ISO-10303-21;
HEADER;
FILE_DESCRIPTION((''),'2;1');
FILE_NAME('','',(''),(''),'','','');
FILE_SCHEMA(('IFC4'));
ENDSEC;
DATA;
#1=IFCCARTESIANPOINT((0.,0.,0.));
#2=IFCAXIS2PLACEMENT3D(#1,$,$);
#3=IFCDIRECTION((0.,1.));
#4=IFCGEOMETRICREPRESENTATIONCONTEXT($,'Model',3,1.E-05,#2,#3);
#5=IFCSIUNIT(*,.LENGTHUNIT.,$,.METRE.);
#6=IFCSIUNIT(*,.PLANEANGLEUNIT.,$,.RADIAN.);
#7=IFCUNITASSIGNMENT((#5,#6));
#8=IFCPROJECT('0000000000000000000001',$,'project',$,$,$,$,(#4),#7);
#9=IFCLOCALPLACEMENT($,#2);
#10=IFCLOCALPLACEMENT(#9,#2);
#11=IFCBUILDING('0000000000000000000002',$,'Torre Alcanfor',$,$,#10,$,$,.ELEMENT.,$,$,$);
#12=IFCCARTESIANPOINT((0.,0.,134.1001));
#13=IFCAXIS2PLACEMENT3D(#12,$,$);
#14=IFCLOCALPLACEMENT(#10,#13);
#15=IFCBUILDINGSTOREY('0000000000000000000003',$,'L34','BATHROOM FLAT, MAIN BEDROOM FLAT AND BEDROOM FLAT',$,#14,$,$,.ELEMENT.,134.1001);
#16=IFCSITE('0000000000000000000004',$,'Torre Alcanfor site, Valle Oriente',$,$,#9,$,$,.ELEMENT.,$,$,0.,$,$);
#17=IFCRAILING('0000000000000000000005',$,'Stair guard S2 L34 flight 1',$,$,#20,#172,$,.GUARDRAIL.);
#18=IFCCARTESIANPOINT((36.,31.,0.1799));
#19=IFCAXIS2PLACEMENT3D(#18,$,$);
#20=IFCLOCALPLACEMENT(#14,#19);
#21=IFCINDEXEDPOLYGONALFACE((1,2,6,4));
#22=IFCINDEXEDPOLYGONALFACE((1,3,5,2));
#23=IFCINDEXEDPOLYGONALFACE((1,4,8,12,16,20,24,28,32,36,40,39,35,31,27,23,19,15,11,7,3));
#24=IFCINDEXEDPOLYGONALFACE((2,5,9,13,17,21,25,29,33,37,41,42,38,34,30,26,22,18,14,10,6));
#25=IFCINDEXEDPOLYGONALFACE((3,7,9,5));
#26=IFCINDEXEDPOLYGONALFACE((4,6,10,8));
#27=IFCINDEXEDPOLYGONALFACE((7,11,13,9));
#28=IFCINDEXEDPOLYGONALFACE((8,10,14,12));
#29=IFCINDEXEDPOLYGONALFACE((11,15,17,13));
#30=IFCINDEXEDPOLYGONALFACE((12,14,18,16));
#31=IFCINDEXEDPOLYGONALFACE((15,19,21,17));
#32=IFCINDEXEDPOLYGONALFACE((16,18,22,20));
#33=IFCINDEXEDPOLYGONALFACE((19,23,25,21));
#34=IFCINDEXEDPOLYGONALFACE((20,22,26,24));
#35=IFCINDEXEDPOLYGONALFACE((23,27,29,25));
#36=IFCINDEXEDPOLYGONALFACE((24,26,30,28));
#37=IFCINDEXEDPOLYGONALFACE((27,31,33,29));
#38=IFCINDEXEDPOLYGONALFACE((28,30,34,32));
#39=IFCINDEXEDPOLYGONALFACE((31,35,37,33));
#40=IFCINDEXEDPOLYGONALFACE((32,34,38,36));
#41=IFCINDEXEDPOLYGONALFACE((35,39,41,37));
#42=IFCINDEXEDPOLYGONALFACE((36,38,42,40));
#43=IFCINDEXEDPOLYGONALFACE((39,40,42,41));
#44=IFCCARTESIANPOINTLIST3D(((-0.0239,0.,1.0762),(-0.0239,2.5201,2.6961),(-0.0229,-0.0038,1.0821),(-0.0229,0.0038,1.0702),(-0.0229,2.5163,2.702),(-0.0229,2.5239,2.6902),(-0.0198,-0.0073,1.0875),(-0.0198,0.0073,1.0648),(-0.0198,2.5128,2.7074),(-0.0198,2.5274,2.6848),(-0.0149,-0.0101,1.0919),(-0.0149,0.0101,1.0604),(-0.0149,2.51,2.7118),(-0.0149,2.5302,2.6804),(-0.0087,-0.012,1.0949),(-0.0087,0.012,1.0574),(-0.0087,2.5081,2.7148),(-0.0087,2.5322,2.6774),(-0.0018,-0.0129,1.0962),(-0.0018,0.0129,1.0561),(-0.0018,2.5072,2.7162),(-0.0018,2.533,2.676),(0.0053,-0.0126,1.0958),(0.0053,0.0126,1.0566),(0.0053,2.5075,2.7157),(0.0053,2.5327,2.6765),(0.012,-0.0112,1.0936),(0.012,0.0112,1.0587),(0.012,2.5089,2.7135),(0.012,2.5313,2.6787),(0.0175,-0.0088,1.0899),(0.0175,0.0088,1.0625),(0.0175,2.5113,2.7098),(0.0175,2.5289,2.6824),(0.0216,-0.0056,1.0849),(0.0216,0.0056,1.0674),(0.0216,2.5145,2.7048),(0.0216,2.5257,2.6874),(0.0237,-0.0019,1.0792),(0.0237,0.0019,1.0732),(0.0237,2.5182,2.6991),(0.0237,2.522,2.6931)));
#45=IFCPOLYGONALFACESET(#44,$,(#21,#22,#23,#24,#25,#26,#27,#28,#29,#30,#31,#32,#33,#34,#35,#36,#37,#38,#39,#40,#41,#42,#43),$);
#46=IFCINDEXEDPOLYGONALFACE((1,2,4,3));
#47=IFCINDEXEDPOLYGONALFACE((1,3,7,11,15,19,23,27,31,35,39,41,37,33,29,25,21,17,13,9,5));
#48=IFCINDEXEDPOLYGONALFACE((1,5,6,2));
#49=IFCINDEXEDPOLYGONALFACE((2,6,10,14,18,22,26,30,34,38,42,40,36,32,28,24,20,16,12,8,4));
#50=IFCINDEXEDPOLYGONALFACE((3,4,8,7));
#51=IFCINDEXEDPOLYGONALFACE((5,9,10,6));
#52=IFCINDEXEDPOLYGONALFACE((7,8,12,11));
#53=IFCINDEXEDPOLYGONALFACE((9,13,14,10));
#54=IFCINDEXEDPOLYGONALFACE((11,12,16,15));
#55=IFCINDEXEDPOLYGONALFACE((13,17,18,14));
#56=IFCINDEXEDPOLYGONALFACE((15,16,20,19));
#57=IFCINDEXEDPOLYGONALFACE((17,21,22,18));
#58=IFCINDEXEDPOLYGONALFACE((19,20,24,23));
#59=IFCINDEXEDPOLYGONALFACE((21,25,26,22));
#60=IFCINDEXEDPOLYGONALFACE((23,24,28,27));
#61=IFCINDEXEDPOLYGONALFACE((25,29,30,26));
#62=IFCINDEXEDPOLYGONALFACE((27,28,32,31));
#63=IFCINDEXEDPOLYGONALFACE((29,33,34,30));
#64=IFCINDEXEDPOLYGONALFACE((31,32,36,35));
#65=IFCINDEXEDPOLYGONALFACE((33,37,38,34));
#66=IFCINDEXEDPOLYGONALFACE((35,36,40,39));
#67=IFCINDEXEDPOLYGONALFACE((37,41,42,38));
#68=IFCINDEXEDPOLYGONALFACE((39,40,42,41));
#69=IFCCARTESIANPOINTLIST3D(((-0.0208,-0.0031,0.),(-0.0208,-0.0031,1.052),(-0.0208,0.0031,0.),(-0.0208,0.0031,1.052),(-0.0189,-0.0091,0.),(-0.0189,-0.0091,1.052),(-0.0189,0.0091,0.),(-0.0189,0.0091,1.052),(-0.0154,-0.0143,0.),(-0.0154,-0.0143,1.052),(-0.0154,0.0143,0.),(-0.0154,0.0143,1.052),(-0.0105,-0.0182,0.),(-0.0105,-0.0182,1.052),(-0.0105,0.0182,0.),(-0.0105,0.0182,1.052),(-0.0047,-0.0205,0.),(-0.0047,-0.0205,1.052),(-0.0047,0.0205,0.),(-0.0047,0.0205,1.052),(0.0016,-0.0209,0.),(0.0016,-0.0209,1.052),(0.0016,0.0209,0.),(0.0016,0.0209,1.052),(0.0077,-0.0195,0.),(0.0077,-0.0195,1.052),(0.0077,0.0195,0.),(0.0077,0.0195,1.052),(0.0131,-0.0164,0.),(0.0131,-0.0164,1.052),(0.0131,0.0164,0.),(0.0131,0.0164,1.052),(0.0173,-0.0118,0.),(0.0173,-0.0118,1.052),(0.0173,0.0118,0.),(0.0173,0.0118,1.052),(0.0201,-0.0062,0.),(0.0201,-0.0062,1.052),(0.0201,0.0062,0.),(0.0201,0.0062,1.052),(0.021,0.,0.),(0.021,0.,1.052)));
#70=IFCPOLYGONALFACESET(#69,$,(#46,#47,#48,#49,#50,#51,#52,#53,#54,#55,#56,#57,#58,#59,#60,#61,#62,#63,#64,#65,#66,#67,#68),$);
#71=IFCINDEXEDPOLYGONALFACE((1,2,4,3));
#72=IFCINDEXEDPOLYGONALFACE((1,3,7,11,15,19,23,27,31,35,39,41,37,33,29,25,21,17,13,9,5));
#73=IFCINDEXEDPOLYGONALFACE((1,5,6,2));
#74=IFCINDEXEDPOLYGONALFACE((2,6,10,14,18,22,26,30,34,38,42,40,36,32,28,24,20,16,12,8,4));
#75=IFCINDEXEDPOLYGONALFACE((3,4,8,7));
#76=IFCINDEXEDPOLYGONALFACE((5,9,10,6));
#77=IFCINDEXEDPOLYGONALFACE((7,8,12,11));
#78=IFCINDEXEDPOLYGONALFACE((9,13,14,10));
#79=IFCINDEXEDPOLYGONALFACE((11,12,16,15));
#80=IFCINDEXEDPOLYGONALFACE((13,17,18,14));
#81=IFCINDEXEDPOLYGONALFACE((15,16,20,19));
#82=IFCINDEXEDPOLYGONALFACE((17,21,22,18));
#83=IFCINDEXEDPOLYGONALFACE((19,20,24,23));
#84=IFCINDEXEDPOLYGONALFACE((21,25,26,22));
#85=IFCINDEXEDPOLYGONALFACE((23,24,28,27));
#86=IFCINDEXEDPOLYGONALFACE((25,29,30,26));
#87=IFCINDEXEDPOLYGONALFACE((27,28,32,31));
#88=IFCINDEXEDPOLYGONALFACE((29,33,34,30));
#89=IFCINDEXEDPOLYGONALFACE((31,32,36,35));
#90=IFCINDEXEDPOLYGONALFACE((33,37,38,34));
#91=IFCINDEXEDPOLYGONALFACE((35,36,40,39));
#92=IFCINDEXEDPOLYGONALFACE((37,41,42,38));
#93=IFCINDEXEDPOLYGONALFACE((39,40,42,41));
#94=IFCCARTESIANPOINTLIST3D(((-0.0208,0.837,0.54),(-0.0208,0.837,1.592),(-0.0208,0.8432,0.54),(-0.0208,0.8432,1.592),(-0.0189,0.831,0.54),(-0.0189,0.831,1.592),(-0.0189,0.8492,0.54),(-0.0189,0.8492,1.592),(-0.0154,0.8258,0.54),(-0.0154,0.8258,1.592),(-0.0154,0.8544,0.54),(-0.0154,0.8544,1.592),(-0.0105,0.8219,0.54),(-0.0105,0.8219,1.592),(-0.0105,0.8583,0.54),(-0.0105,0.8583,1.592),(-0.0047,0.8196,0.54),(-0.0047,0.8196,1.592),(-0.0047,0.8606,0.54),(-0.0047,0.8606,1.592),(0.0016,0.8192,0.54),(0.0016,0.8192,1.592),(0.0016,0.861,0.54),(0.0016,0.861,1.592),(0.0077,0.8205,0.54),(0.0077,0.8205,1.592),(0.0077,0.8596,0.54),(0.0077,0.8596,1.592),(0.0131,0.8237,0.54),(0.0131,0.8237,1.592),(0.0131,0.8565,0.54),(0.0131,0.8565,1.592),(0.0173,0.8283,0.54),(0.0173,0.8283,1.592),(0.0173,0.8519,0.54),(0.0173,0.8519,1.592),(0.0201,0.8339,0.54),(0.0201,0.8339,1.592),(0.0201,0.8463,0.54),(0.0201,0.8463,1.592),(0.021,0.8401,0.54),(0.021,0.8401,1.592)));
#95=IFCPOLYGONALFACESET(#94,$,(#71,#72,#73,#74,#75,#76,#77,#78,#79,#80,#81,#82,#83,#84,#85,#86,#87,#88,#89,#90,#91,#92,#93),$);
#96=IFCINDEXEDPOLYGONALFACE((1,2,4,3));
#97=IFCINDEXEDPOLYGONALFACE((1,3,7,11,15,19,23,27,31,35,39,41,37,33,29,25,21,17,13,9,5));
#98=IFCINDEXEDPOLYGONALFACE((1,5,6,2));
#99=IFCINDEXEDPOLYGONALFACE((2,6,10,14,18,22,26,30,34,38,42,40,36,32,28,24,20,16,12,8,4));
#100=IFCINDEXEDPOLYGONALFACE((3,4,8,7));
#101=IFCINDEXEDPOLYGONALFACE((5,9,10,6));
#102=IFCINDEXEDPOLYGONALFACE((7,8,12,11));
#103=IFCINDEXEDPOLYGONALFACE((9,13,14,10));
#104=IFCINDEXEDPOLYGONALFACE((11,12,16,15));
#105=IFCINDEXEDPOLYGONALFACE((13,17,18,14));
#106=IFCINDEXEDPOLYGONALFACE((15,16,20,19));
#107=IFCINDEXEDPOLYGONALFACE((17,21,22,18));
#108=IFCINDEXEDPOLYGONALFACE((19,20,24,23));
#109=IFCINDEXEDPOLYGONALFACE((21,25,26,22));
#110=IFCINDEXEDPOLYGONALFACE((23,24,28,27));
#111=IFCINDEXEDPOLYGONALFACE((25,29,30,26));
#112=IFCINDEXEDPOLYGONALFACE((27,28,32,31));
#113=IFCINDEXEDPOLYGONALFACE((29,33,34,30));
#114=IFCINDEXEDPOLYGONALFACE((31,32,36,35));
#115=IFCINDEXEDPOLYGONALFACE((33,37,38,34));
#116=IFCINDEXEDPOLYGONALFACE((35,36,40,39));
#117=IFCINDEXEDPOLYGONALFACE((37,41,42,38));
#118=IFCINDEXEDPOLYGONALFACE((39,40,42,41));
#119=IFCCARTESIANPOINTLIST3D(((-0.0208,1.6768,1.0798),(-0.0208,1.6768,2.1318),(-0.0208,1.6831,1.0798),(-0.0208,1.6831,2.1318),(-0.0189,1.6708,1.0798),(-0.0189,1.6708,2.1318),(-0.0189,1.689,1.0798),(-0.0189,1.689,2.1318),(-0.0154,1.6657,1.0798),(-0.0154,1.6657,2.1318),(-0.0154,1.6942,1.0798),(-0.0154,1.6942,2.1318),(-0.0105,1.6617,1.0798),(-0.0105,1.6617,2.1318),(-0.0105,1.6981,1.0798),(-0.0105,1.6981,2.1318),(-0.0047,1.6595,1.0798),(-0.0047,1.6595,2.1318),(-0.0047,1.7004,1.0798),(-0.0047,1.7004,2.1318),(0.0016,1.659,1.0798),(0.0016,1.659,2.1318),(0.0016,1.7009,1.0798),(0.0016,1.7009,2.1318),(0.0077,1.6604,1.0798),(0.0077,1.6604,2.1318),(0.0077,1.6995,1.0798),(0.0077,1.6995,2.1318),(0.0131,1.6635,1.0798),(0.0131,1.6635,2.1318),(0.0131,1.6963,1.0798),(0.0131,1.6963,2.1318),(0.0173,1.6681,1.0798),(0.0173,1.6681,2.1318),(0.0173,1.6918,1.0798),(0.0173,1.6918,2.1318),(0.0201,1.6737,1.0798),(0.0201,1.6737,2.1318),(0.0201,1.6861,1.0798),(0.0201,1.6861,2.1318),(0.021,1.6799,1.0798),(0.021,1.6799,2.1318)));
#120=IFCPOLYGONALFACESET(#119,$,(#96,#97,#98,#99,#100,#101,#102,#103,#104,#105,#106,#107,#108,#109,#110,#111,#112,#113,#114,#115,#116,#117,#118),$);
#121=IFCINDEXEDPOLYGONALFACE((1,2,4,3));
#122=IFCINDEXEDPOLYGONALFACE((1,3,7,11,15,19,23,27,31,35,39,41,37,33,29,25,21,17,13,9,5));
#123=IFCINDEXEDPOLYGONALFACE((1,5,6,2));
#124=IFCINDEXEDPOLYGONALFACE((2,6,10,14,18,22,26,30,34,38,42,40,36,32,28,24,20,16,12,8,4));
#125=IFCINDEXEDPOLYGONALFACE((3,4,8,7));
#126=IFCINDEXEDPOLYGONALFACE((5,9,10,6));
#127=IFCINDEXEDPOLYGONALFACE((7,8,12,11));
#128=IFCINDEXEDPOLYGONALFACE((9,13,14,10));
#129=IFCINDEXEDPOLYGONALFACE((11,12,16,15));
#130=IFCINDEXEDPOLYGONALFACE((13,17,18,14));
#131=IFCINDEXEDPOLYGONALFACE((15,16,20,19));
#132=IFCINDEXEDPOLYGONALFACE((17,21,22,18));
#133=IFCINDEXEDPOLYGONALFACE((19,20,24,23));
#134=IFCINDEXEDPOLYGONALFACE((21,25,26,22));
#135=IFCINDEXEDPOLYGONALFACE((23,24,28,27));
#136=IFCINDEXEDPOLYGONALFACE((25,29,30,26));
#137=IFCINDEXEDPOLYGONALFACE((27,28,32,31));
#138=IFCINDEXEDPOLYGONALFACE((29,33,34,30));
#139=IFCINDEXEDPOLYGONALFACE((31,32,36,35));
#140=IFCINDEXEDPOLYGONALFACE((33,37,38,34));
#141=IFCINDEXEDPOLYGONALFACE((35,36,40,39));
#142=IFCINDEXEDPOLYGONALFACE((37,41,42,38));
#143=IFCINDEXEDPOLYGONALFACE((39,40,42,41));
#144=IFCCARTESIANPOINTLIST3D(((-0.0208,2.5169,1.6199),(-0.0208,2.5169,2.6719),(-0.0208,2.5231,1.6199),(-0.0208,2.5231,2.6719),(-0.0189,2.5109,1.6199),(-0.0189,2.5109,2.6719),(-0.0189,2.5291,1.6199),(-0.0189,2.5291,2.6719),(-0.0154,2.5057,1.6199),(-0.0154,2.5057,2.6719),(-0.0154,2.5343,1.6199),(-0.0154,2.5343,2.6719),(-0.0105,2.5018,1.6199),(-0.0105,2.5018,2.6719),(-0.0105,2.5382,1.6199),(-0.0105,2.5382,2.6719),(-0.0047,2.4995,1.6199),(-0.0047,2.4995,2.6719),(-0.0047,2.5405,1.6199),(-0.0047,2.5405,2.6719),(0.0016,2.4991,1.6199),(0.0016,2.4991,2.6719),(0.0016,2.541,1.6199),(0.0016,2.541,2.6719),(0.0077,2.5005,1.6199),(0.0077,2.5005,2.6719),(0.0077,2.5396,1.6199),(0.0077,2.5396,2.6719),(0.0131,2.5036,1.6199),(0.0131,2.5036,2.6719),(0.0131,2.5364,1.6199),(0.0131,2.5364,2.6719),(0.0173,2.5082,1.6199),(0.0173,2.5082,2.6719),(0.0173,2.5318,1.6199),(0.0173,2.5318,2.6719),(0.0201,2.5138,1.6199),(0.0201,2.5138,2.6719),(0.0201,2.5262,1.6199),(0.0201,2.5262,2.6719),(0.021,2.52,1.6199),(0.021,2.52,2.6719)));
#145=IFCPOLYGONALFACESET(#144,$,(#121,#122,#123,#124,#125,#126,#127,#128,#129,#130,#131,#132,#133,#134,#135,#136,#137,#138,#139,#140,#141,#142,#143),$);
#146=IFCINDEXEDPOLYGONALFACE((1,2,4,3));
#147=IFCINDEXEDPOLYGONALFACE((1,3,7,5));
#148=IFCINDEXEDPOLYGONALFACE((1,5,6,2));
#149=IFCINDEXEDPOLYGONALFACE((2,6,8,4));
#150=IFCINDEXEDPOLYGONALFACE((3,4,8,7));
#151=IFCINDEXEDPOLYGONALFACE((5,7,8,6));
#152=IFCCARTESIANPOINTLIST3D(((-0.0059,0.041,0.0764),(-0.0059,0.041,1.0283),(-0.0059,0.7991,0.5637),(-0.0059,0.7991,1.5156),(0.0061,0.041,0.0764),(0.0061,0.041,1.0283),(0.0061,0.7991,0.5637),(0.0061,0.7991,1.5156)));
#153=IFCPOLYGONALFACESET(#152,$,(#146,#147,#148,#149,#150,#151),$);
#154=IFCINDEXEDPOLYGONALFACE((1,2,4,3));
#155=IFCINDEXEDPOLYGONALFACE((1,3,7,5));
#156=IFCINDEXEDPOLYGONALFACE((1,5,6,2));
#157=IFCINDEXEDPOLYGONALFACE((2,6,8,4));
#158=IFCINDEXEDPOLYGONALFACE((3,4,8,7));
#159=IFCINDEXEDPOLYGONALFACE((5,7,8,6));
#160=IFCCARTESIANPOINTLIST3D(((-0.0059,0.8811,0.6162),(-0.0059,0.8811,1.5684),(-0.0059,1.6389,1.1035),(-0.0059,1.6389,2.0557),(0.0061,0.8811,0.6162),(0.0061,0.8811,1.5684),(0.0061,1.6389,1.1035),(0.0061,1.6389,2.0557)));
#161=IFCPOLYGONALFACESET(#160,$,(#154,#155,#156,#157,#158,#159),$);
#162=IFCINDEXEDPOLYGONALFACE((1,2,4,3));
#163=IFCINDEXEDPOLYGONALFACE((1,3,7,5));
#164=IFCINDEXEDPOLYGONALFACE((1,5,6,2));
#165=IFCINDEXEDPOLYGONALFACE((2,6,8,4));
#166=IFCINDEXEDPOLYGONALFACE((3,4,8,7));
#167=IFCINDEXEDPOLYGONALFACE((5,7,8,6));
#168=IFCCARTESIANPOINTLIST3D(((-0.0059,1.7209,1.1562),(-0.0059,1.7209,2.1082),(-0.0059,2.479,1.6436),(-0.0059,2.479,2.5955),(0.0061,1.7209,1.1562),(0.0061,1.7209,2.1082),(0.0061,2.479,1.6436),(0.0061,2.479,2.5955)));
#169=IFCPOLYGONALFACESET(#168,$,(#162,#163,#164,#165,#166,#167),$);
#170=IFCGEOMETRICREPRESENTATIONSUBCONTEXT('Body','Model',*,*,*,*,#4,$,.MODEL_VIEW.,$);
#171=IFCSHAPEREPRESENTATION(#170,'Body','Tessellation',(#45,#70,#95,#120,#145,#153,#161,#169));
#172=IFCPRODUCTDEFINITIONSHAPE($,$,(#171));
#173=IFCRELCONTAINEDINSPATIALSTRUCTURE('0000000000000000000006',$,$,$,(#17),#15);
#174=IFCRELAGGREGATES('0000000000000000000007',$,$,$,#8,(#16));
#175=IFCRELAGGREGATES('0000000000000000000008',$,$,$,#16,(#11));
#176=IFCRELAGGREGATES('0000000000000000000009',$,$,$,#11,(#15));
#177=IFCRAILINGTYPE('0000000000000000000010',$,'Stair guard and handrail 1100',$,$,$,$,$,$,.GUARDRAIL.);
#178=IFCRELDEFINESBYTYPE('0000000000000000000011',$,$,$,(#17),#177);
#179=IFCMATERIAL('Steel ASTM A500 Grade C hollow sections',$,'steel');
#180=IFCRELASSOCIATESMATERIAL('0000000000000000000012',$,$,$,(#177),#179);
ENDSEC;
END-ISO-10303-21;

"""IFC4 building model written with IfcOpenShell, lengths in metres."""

from ifc_helpers import new_model, si_unit, direction, frame, origin, origin_2d, place, context, subcontext, project, spatial, polyline, circle, outline, extrude, material, type_object, element, save


model = new_model("IFC4")

# Units and contexts
model_context = context("Model", 3, precision=1e-05, world=origin(), true_north=direction((0.0, 1.0)))
body_context = subcontext(model_context, "Body", "Model", "MODEL_VIEW")
ifc_project = project(units=[si_unit("LENGTHUNIT", "METRE"), si_unit("PLANEANGLEUNIT", "RADIAN")], contexts=[model_context])

# Site, building, storey
site_placement = place(None, origin())
site = spatial("IfcSite", under=ifc_project, at=site_placement, Name="Torre Alcanfor site, Valle Oriente", CompositionType="ELEMENT", RefElevation=0.0)
building_placement = place(site_placement, origin())
building = spatial("IfcBuilding", under=site, at=building_placement, Name="Torre Alcanfor", CompositionType="ELEMENT")
storey_placement = place(building_placement, frame((0.0, 0.0, 134.1001)))
storey = spatial("IfcBuildingStorey", under=building, at=storey_placement, Name="L34", Description="BATHROOM FLAT, MAIN BEDROOM FLAT AND BEDROOM FLAT", CompositionType="ELEMENT", Elevation=134.1001)

# Railing
ifc_material_1 = material(Name="Steel ASTM A500 Grade C hollow sections", Category="steel")
railing_type_1 = type_object("IfcRailingType", Name="Stair guard and handrail 1100", PredefinedType="GUARDRAIL", material=ifc_material_1)
railing_1_placement = place(storey_placement, frame((36.0, 31.0, 0.1799)))
element("IfcRailing", 1, at=railing_1_placement, inside=storey, type_object=railing_type_1, Name="Stair guard S2 L34 flight 1", PredefinedType="GUARDRAIL", context=body_context, shape_type="SweptSolid", body=[
    extrude(circle(Radius=0.0239, at=origin_2d()), frame((0.0, 0.0, 1.0762), z_axis=(0.0, 0.8412, 0.540725), x_axis=(-1.0, 0.0, 0.0)), (0.0, 0.0, 1.0), 2.9958),
    extrude(circle(Radius=0.021, at=origin_2d()), origin(), (0.0, 0.0, 1.0), 1.052),
    extrude(circle(Radius=0.021, at=origin_2d()), frame((0.0, 0.8401, 0.54)), (0.0, 0.0, 1.0), 1.052),
    extrude(circle(Radius=0.021, at=origin_2d()), frame((0.0, 1.6799, 1.0798)), (0.0, 0.0, 1.0), 1.052),
    extrude(circle(Radius=0.021, at=origin_2d()), frame((0.0, 2.52, 1.6199)), (0.0, 0.0, 1.0), 1.052),
    extrude(outline(polyline([(0.041, 0.0764), (0.7991, 0.5637), (0.7991, 1.5156), (0.041, 1.0283), (0.041, 0.0764)])), frame((-0.0059, 0.0, 0.0), z_axis=(1.0, 0.0, 0.0), x_axis=(0.0, 1.0, 0.0)), (0.0, 0.0, 1.0), 0.012),
    extrude(outline(polyline([(0.8811, 0.6162), (1.6389, 1.1035), (1.6389, 2.0557), (0.8811, 1.5684), (0.8811, 0.6162)])), frame((-0.0059, 0.0, 0.0), z_axis=(1.0, 0.0, 0.0), x_axis=(0.0, 1.0, 0.0)), (0.0, 0.0, 1.0), 0.012),
    extrude(outline(polyline([(1.7209, 1.1562), (2.479, 1.6436), (2.479, 2.5955), (1.7209, 2.1082), (1.7209, 1.1562)])), frame((-0.0059, 0.0, 0.0), z_axis=(1.0, 0.0, 0.0), x_axis=(0.0, 1.0, 0.0)), (0.0, 0.0, 1.0), 0.012),
])

save(model, "model.ifc")
